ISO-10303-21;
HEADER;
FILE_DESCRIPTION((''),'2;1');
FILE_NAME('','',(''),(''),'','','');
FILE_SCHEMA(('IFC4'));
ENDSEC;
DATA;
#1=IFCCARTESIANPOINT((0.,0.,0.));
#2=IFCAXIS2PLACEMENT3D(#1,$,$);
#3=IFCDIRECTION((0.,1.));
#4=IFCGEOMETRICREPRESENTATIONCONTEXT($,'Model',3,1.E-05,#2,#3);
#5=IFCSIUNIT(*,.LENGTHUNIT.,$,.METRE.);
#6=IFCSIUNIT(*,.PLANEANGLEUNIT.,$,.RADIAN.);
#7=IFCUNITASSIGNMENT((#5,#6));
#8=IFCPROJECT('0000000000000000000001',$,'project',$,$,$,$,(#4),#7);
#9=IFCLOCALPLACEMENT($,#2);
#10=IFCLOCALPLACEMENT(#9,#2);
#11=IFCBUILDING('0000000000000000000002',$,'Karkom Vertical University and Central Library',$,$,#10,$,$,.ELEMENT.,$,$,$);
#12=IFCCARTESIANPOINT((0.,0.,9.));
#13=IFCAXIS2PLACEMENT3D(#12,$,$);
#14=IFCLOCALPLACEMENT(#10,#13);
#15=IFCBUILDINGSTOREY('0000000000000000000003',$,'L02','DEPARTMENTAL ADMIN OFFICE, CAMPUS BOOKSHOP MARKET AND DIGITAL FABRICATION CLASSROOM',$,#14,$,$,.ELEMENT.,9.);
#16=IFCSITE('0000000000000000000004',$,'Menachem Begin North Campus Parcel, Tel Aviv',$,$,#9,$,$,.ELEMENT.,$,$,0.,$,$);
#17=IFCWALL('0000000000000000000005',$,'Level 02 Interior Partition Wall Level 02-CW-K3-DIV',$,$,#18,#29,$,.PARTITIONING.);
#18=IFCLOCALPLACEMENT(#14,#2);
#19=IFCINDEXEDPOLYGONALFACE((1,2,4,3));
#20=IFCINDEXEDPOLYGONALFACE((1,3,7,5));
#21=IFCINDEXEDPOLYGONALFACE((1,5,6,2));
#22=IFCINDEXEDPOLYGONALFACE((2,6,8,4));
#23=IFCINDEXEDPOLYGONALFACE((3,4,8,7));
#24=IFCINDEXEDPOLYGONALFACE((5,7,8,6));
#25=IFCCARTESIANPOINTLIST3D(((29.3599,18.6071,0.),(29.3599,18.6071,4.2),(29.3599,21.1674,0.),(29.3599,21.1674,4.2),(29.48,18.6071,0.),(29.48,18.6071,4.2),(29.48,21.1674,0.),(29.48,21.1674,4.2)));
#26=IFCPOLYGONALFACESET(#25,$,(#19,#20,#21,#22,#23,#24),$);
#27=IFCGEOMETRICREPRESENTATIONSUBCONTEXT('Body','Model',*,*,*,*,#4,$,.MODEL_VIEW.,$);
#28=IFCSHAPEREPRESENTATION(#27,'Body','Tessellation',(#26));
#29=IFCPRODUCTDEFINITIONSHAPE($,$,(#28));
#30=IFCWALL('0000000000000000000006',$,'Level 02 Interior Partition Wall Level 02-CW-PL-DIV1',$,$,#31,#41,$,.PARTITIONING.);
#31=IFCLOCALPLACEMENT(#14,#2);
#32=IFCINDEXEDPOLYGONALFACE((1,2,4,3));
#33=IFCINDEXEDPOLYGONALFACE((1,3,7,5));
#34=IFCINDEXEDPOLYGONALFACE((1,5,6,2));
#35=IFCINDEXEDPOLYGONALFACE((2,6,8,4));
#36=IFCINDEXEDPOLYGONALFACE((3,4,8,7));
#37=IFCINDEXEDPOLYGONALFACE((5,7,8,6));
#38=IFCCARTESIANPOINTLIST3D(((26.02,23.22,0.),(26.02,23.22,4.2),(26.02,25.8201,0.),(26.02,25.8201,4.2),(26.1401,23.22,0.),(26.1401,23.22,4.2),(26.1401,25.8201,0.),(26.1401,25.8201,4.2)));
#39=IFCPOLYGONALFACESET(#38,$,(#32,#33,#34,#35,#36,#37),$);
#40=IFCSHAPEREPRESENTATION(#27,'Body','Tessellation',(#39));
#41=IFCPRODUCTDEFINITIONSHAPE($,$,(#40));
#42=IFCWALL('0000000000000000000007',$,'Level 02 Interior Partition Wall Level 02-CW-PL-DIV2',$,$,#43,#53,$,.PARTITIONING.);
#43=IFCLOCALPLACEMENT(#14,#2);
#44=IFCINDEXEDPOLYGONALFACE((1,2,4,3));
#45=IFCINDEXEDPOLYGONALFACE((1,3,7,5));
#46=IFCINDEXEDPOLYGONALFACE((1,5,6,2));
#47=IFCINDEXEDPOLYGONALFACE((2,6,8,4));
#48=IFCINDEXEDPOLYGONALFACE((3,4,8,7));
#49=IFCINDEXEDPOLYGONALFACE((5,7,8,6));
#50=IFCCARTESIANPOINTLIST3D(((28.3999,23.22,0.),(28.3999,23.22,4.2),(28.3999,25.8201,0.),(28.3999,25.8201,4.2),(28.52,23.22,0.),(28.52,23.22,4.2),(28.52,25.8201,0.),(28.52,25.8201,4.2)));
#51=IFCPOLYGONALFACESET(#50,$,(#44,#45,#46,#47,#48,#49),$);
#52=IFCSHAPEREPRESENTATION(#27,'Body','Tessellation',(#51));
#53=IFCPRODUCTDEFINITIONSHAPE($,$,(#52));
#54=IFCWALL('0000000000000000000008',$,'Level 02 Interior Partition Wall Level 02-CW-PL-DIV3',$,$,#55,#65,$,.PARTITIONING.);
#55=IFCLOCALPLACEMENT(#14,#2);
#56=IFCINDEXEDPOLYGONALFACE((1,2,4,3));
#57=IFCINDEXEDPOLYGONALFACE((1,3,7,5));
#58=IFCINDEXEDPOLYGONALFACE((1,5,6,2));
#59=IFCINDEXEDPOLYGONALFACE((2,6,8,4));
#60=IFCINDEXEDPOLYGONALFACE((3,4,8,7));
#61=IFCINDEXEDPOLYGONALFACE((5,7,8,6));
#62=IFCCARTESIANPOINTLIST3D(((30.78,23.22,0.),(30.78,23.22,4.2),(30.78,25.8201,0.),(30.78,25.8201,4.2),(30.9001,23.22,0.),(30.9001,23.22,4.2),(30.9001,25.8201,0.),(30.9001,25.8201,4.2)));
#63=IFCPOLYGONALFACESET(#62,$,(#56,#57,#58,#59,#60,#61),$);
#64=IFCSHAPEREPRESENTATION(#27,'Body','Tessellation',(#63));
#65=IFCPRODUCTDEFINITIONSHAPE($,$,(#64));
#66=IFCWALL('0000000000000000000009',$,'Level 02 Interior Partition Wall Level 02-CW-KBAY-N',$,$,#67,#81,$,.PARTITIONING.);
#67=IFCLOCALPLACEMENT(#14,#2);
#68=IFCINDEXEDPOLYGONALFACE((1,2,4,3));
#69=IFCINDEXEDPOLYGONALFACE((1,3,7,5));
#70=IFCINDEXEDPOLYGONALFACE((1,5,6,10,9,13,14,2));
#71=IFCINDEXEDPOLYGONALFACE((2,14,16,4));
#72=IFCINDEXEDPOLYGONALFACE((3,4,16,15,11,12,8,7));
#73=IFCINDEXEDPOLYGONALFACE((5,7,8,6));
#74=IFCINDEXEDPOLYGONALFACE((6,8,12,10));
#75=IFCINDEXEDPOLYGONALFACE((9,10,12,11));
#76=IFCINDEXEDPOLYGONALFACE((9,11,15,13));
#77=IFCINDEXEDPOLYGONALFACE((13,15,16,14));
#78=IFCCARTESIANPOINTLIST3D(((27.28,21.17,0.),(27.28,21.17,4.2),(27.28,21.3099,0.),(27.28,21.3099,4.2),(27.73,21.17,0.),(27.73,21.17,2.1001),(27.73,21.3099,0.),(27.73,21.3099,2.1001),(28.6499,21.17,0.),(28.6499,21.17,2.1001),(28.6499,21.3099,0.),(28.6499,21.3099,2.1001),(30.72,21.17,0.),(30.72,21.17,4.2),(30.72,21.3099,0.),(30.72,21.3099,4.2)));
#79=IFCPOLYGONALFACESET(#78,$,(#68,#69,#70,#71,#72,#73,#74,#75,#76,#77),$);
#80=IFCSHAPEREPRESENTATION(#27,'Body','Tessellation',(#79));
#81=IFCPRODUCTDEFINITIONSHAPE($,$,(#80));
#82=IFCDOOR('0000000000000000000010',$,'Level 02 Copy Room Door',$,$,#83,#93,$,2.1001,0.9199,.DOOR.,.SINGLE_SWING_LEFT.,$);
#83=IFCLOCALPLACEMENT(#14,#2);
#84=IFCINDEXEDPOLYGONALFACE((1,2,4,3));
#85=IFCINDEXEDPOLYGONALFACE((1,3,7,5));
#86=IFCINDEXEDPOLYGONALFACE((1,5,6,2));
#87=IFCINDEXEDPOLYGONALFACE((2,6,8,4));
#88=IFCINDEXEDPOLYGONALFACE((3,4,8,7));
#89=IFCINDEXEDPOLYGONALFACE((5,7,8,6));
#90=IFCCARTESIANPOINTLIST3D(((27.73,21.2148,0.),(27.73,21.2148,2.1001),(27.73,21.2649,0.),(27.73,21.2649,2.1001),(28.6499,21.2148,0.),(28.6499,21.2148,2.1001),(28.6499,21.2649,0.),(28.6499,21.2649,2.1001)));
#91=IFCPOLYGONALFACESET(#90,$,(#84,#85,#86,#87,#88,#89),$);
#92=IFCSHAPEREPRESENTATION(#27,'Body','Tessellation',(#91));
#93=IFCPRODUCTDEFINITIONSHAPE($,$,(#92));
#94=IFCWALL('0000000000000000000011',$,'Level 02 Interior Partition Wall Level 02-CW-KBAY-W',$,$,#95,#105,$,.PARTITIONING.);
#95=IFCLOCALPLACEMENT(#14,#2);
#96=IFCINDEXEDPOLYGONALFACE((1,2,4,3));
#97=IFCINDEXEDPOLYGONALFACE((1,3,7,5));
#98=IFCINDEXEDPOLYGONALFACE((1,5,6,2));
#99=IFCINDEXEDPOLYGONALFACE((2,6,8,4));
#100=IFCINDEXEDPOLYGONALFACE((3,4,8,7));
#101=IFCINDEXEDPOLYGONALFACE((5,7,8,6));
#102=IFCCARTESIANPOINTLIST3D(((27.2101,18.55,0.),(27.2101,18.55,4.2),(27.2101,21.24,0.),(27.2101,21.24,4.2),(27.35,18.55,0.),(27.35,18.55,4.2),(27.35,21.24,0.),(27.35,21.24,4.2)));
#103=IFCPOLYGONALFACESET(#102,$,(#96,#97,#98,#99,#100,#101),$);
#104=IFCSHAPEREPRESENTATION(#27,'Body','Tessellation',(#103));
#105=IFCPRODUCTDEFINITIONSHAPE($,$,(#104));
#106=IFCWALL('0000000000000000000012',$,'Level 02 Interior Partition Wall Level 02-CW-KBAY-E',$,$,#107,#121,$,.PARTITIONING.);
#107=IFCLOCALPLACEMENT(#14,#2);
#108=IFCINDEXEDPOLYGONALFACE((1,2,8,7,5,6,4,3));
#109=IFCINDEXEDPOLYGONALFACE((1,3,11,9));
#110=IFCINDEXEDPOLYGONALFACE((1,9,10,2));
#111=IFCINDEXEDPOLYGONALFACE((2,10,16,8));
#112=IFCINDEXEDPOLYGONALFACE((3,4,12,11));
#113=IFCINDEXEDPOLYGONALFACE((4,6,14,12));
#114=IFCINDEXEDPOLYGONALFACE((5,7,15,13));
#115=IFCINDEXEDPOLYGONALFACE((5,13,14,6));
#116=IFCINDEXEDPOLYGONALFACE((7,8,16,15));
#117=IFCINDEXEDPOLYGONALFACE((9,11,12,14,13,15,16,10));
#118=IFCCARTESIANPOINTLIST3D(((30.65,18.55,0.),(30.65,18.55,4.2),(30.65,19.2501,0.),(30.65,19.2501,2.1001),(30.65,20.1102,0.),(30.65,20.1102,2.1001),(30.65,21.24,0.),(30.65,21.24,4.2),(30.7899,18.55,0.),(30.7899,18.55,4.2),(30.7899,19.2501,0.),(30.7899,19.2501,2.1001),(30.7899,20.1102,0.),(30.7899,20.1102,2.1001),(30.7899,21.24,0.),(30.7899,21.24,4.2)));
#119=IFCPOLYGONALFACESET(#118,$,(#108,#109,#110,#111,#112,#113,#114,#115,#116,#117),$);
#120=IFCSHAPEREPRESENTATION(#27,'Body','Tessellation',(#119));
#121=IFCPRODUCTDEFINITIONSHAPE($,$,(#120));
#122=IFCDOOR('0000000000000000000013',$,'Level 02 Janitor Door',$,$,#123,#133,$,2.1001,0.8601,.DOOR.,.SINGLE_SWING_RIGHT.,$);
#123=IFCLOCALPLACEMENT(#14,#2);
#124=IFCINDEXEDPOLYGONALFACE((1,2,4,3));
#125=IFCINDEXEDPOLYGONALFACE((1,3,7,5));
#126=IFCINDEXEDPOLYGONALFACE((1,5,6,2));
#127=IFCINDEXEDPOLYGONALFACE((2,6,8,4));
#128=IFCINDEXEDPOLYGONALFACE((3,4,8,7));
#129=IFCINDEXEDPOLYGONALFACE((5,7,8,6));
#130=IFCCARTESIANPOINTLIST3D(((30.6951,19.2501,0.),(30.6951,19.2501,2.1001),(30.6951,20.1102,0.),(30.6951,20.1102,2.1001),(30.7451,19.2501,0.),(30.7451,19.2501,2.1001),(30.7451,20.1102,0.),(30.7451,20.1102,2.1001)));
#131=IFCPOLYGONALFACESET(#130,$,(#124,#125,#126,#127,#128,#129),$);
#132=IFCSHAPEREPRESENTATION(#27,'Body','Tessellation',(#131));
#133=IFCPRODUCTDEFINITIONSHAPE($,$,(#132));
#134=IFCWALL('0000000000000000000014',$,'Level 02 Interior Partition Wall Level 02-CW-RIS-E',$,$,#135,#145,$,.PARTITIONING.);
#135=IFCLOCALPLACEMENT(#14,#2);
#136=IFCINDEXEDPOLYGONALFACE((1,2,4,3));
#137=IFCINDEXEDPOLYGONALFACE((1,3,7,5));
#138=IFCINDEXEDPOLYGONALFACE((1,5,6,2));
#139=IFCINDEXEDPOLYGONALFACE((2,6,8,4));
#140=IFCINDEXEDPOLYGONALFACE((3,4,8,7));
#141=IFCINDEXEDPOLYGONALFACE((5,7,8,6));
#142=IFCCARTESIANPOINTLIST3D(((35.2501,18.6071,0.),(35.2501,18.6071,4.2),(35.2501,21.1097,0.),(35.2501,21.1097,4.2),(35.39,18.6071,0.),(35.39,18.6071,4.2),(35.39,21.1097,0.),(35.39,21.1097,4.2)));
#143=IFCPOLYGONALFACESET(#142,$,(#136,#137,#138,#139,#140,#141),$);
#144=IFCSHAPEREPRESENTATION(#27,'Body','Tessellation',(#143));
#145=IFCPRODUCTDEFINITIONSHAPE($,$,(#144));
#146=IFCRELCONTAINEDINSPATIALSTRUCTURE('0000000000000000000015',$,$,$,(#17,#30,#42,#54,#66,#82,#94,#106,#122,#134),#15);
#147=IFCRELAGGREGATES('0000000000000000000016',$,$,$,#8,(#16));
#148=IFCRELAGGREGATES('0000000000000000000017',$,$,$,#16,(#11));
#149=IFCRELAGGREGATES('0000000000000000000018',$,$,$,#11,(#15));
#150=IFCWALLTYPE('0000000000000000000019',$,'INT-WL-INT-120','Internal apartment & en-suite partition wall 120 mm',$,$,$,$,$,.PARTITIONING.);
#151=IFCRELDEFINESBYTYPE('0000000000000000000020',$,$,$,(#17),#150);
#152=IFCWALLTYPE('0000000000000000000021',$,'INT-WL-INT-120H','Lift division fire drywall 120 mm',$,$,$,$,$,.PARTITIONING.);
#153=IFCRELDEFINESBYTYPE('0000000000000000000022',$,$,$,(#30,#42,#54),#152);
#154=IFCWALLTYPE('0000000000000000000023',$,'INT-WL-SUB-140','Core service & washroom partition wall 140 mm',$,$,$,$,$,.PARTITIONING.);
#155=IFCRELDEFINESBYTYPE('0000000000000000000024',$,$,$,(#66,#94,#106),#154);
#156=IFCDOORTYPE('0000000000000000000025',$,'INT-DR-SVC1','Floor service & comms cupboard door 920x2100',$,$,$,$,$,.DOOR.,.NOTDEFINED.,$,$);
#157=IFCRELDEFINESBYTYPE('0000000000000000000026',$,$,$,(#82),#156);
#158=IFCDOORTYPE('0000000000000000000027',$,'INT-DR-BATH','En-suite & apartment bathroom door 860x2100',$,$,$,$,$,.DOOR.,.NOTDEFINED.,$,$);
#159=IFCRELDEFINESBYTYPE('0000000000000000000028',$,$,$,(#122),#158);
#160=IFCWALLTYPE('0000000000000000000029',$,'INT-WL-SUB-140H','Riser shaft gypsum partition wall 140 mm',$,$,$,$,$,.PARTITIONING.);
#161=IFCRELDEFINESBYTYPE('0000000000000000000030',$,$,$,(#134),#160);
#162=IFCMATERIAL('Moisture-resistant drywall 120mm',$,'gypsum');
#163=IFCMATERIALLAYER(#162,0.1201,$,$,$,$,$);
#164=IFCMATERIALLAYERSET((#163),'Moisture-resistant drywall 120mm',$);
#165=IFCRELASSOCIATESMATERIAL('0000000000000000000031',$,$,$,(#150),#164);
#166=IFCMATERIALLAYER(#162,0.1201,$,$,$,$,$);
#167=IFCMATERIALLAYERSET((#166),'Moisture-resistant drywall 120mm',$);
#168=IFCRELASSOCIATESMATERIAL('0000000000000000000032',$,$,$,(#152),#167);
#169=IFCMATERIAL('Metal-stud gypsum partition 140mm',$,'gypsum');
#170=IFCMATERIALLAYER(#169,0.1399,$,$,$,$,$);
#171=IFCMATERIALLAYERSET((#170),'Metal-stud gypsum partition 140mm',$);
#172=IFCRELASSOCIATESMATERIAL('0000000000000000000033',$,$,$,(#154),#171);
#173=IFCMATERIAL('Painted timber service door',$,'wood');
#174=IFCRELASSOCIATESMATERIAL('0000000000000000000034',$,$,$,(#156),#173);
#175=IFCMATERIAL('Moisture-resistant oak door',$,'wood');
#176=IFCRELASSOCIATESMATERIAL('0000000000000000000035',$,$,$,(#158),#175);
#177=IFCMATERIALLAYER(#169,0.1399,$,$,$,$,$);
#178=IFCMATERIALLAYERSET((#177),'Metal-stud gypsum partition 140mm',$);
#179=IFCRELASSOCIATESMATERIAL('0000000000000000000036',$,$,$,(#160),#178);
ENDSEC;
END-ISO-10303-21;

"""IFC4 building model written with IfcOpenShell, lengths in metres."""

from ifc_helpers import new_model, si_unit, direction, frame, frame_2d, origin, origin_with_axes, place, context, subcontext, project, spatial, rectangle, extrude, source, transform, mapped, material, layer, layer_set, type_object, element, fill, save


model = new_model("IFC4")

# Units and contexts
model_context = context("Model", 3, precision=1e-05, world=origin(), true_north=direction((0.0, 1.0)))
body_context = subcontext(model_context, "Body", "Model", "MODEL_VIEW")
ifc_project = project(units=[si_unit("LENGTHUNIT", "METRE"), si_unit("PLANEANGLEUNIT", "RADIAN")], contexts=[model_context])

# Site, building, storey
site_placement = place(None, origin())
site = spatial("IfcSite", under=ifc_project, at=site_placement, Name="Menachem Begin North Campus Parcel, Tel Aviv", CompositionType="ELEMENT", RefElevation=0.0)
building_placement = place(site_placement, origin())
building = spatial("IfcBuilding", under=site, at=building_placement, Name="Karkom Vertical University and Central Library", CompositionType="ELEMENT")
storey_placement = place(building_placement, frame((0.0, 0.0, 9.0)))
storey = spatial("IfcBuildingStorey", under=building, at=storey_placement, Name="L02", Description="DEPARTMENTAL ADMIN OFFICE, CAMPUS BOOKSHOP MARKET AND DIGITAL FABRICATION CLASSROOM", CompositionType="ELEMENT", Elevation=9.0)

# Walls
ifc_material_1 = material(Name="Moisture-resistant drywall 120mm", Category="gypsum")
ifc_layer_1 = layer(ifc_material_1, 0.1201)
ifc_layer_set_1 = layer_set([ifc_layer_1], Name="Moisture-resistant drywall 120mm")
wall_type_1 = type_object("IfcWallType", Name="INT-WL-INT-120", Description="Internal apartment & en-suite partition wall 120 mm", PredefinedType="PARTITIONING", material=ifc_layer_set_1)
wall_1_placement = place(storey_placement, frame((29.4199, 18.6069, 0.0), z_axis=(0.0, 0.0, 1.0), x_axis=(0.0, 1.0, 0.0)))
element("IfcWall", 1, at=wall_1_placement, inside=storey, type_object=wall_type_1, Name="Level 02 Interior Partition Wall Level 02-CW-K3-DIV", PredefinedType="PARTITIONING", context=body_context, shape_type="SweptSolid", body=[
    extrude(rectangle(XDim=2.5603, YDim=0.1201, at=frame_2d((1.2803, 0.0))), origin(), (0.0, 0.0, 1.0), 4.2),
])
ifc_layer_2 = layer(ifc_material_1, 0.1201)
ifc_layer_set_2 = layer_set([ifc_layer_2], Name="Moisture-resistant drywall 120mm")
wall_type_2 = type_object("IfcWallType", Name="INT-WL-INT-120H", Description="Lift division fire drywall 120 mm", PredefinedType="PARTITIONING", material=ifc_layer_set_2)
for number, where, z_axis, x_axis, name in (
    (2, (26.0801, 23.22, 0.0), (0.0, 0.0, 1.0), (0.0, 1.0, 0.0), "Level 02 Interior Partition Wall Level 02-CW-PL-DIV1"),
    (3, (28.46, 23.22, 0.0), (0.0, 0.0, 1.0), (0.0, 1.0, 0.0), "Level 02 Interior Partition Wall Level 02-CW-PL-DIV2"),
    (4, (30.8401, 23.22, 0.0), (0.0, 0.0, 1.0), (0.0, 1.0, 0.0), "Level 02 Interior Partition Wall Level 02-CW-PL-DIV3"),
):
    element("IfcWall", number, at=place(storey_placement, frame(where, z_axis=z_axis, x_axis=x_axis)), inside=storey, type_object=wall_type_2, Name=name, PredefinedType="PARTITIONING", context=body_context, shape_type="SweptSolid", body=[
        extrude(rectangle(XDim=2.6001, YDim=0.1201, at=frame_2d((1.3, 0.0))), origin(), (0.0, 0.0, 1.0), 4.2),
    ])

# Wall, opening, door
ifc_material_2 = material(Name="Metal-stud gypsum partition 140mm", Category="gypsum")
ifc_layer_3 = layer(ifc_material_2, 0.1399)
ifc_layer_set_3 = layer_set([ifc_layer_3], Name="Metal-stud gypsum partition 140mm")
wall_type_3 = type_object("IfcWallType", Name="INT-WL-SUB-140", Description="Core service & washroom partition wall 140 mm", PredefinedType="PARTITIONING", material=ifc_layer_set_3)
wall_2_placement = place(storey_placement, frame((27.28, 21.24, 0.0), z_axis=(0.0, 0.0, 1.0), x_axis=(1.0, 0.0, 0.0)))
wall_2 = element("IfcWall", 5, at=wall_2_placement, inside=storey, type_object=wall_type_3, Name="Level 02 Interior Partition Wall Level 02-CW-KBAY-N", PredefinedType="PARTITIONING", context=body_context, shape_type="SweptSolid", body=[
    extrude(rectangle(XDim=3.4399, YDim=0.1399, at=frame_2d((1.72, 0.0))), origin(), (0.0, 0.0, 1.0), 4.2),
])
opening_1_placement = place(wall_2_placement, frame((0.45, 0.0, 0.0)))
opening_1 = element("IfcOpeningElement", 6, at=opening_1_placement, cuts=wall_2, PredefinedType="OPENING", context=body_context, shape_type="SweptSolid", body=[
    extrude(rectangle(XDim=0.9199, YDim=2.1001, at=frame_2d((0.46, 1.05))), frame((0.0, 0.0801, 0.0), z_axis=(0.0, -1.0, 0.0), x_axis=(1.0, 0.0, 0.0)), (0.0, 0.0, 1.0), 0.1599),
])
ifc_material_3 = material(Name="Painted timber service door", Category="wood")
door_type_1 = type_object("IfcDoorType", Name="INT-DR-SVC1", Description="Floor service & comms cupboard door 920x2100", OperationType="NOTDEFINED", PredefinedType="DOOR", material=ifc_material_3)
shared_shape_1 = source(origin_with_axes(), body_context, "Body", "SweptSolid", [
    extrude(rectangle(XDim=0.9199, YDim=2.1001, at=frame_2d((0.46, 1.05))), frame((0.0, 0.0249, 0.0), z_axis=(0.0, -1.0, 0.0), x_axis=(1.0, 0.0, 0.0)), (0.0, 0.0, 1.0), 0.05),
])
door_1_placement = place(opening_1_placement, origin())
door_1 = element("IfcDoor", 7, at=door_1_placement, inside=storey, type_object=door_type_1, Name="Level 02 Copy Room Door", OperationType="SINGLE_SWING_LEFT", OverallHeight=2.1001, OverallWidth=0.9199, PredefinedType="DOOR", context=body_context, shape_type="MappedRepresentation", body=[
    mapped(shared_shape_1, transform((0.0, 0.0, 0.0), scale=1.0)),
])
fill(opening_1, door_1)

# Wall
wall_3_placement = place(storey_placement, frame((27.28, 18.55, 0.0), z_axis=(0.0, 0.0, 1.0), x_axis=(0.0, 1.0, 0.0)))
element("IfcWall", 8, at=wall_3_placement, inside=storey, type_object=wall_type_3, Name="Level 02 Interior Partition Wall Level 02-CW-KBAY-W", PredefinedType="PARTITIONING", context=body_context, shape_type="SweptSolid", body=[
    extrude(rectangle(XDim=2.6899, YDim=0.1399, at=frame_2d((1.345, 0.0))), origin(), (0.0, 0.0, 1.0), 4.2),
])

# Wall, opening, door
wall_4_placement = place(storey_placement, frame((30.72, 18.55, 0.0), z_axis=(0.0, 0.0, 1.0), x_axis=(0.0, 1.0, 0.0)))
wall_4 = element("IfcWall", 9, at=wall_4_placement, inside=storey, type_object=wall_type_3, Name="Level 02 Interior Partition Wall Level 02-CW-KBAY-E", PredefinedType="PARTITIONING", context=body_context, shape_type="SweptSolid", body=[
    extrude(rectangle(XDim=2.6899, YDim=0.1399, at=frame_2d((1.345, 0.0))), origin(), (0.0, 0.0, 1.0), 4.2),
])
opening_2_placement = place(wall_4_placement, frame((0.7, 0.0, 0.0)))
opening_2 = element("IfcOpeningElement", 10, at=opening_2_placement, cuts=wall_4, PredefinedType="OPENING", context=body_context, shape_type="SweptSolid", body=[
    extrude(rectangle(XDim=0.8601, YDim=2.1001, at=frame_2d((0.4302, 1.05))), frame((0.0, 0.0801, 0.0), z_axis=(0.0, -1.0, 0.0), x_axis=(1.0, 0.0, 0.0)), (0.0, 0.0, 1.0), 0.1599),
])
ifc_material_4 = material(Name="Moisture-resistant oak door", Category="wood")
door_type_2 = type_object("IfcDoorType", Name="INT-DR-BATH", Description="En-suite & apartment bathroom door 860x2100", OperationType="NOTDEFINED", PredefinedType="DOOR", material=ifc_material_4)
shared_shape_2 = source(origin_with_axes(), body_context, "Body", "SweptSolid", [
    extrude(rectangle(XDim=0.8601, YDim=2.1001, at=frame_2d((0.4302, 1.05))), frame((0.0, 0.0249, 0.0), z_axis=(0.0, -1.0, 0.0), x_axis=(1.0, 0.0, 0.0)), (0.0, 0.0, 1.0), 0.05),
])
door_2_placement = place(opening_2_placement, origin())
door_2 = element("IfcDoor", 11, at=door_2_placement, inside=storey, type_object=door_type_2, Name="Level 02 Janitor Door", OperationType="SINGLE_SWING_RIGHT", OverallHeight=2.1001, OverallWidth=0.8601, PredefinedType="DOOR", context=body_context, shape_type="MappedRepresentation", body=[
    mapped(shared_shape_2, transform((0.0, 0.0, 0.0), scale=1.0)),
])
fill(opening_2, door_2)

# Wall
ifc_layer_4 = layer(ifc_material_2, 0.1399)
ifc_layer_set_4 = layer_set([ifc_layer_4], Name="Metal-stud gypsum partition 140mm")
wall_type_4 = type_object("IfcWallType", Name="INT-WL-SUB-140H", Description="Riser shaft gypsum partition wall 140 mm", PredefinedType="PARTITIONING", material=ifc_layer_set_4)
wall_5_placement = place(storey_placement, frame((35.3201, 18.6069, 0.0), z_axis=(0.0, 0.0, 1.0), x_axis=(0.0, 1.0, 0.0)))
element("IfcWall", 12, at=wall_5_placement, inside=storey, type_object=wall_type_4, Name="Level 02 Interior Partition Wall Level 02-CW-RIS-E", PredefinedType="PARTITIONING", context=body_context, shape_type="SweptSolid", body=[
    extrude(rectangle(XDim=2.5027, YDim=0.1399, at=frame_2d((1.2515, 0.0))), origin(), (0.0, 0.0, 1.0), 4.2),
])

save(model, "model.ifc")
